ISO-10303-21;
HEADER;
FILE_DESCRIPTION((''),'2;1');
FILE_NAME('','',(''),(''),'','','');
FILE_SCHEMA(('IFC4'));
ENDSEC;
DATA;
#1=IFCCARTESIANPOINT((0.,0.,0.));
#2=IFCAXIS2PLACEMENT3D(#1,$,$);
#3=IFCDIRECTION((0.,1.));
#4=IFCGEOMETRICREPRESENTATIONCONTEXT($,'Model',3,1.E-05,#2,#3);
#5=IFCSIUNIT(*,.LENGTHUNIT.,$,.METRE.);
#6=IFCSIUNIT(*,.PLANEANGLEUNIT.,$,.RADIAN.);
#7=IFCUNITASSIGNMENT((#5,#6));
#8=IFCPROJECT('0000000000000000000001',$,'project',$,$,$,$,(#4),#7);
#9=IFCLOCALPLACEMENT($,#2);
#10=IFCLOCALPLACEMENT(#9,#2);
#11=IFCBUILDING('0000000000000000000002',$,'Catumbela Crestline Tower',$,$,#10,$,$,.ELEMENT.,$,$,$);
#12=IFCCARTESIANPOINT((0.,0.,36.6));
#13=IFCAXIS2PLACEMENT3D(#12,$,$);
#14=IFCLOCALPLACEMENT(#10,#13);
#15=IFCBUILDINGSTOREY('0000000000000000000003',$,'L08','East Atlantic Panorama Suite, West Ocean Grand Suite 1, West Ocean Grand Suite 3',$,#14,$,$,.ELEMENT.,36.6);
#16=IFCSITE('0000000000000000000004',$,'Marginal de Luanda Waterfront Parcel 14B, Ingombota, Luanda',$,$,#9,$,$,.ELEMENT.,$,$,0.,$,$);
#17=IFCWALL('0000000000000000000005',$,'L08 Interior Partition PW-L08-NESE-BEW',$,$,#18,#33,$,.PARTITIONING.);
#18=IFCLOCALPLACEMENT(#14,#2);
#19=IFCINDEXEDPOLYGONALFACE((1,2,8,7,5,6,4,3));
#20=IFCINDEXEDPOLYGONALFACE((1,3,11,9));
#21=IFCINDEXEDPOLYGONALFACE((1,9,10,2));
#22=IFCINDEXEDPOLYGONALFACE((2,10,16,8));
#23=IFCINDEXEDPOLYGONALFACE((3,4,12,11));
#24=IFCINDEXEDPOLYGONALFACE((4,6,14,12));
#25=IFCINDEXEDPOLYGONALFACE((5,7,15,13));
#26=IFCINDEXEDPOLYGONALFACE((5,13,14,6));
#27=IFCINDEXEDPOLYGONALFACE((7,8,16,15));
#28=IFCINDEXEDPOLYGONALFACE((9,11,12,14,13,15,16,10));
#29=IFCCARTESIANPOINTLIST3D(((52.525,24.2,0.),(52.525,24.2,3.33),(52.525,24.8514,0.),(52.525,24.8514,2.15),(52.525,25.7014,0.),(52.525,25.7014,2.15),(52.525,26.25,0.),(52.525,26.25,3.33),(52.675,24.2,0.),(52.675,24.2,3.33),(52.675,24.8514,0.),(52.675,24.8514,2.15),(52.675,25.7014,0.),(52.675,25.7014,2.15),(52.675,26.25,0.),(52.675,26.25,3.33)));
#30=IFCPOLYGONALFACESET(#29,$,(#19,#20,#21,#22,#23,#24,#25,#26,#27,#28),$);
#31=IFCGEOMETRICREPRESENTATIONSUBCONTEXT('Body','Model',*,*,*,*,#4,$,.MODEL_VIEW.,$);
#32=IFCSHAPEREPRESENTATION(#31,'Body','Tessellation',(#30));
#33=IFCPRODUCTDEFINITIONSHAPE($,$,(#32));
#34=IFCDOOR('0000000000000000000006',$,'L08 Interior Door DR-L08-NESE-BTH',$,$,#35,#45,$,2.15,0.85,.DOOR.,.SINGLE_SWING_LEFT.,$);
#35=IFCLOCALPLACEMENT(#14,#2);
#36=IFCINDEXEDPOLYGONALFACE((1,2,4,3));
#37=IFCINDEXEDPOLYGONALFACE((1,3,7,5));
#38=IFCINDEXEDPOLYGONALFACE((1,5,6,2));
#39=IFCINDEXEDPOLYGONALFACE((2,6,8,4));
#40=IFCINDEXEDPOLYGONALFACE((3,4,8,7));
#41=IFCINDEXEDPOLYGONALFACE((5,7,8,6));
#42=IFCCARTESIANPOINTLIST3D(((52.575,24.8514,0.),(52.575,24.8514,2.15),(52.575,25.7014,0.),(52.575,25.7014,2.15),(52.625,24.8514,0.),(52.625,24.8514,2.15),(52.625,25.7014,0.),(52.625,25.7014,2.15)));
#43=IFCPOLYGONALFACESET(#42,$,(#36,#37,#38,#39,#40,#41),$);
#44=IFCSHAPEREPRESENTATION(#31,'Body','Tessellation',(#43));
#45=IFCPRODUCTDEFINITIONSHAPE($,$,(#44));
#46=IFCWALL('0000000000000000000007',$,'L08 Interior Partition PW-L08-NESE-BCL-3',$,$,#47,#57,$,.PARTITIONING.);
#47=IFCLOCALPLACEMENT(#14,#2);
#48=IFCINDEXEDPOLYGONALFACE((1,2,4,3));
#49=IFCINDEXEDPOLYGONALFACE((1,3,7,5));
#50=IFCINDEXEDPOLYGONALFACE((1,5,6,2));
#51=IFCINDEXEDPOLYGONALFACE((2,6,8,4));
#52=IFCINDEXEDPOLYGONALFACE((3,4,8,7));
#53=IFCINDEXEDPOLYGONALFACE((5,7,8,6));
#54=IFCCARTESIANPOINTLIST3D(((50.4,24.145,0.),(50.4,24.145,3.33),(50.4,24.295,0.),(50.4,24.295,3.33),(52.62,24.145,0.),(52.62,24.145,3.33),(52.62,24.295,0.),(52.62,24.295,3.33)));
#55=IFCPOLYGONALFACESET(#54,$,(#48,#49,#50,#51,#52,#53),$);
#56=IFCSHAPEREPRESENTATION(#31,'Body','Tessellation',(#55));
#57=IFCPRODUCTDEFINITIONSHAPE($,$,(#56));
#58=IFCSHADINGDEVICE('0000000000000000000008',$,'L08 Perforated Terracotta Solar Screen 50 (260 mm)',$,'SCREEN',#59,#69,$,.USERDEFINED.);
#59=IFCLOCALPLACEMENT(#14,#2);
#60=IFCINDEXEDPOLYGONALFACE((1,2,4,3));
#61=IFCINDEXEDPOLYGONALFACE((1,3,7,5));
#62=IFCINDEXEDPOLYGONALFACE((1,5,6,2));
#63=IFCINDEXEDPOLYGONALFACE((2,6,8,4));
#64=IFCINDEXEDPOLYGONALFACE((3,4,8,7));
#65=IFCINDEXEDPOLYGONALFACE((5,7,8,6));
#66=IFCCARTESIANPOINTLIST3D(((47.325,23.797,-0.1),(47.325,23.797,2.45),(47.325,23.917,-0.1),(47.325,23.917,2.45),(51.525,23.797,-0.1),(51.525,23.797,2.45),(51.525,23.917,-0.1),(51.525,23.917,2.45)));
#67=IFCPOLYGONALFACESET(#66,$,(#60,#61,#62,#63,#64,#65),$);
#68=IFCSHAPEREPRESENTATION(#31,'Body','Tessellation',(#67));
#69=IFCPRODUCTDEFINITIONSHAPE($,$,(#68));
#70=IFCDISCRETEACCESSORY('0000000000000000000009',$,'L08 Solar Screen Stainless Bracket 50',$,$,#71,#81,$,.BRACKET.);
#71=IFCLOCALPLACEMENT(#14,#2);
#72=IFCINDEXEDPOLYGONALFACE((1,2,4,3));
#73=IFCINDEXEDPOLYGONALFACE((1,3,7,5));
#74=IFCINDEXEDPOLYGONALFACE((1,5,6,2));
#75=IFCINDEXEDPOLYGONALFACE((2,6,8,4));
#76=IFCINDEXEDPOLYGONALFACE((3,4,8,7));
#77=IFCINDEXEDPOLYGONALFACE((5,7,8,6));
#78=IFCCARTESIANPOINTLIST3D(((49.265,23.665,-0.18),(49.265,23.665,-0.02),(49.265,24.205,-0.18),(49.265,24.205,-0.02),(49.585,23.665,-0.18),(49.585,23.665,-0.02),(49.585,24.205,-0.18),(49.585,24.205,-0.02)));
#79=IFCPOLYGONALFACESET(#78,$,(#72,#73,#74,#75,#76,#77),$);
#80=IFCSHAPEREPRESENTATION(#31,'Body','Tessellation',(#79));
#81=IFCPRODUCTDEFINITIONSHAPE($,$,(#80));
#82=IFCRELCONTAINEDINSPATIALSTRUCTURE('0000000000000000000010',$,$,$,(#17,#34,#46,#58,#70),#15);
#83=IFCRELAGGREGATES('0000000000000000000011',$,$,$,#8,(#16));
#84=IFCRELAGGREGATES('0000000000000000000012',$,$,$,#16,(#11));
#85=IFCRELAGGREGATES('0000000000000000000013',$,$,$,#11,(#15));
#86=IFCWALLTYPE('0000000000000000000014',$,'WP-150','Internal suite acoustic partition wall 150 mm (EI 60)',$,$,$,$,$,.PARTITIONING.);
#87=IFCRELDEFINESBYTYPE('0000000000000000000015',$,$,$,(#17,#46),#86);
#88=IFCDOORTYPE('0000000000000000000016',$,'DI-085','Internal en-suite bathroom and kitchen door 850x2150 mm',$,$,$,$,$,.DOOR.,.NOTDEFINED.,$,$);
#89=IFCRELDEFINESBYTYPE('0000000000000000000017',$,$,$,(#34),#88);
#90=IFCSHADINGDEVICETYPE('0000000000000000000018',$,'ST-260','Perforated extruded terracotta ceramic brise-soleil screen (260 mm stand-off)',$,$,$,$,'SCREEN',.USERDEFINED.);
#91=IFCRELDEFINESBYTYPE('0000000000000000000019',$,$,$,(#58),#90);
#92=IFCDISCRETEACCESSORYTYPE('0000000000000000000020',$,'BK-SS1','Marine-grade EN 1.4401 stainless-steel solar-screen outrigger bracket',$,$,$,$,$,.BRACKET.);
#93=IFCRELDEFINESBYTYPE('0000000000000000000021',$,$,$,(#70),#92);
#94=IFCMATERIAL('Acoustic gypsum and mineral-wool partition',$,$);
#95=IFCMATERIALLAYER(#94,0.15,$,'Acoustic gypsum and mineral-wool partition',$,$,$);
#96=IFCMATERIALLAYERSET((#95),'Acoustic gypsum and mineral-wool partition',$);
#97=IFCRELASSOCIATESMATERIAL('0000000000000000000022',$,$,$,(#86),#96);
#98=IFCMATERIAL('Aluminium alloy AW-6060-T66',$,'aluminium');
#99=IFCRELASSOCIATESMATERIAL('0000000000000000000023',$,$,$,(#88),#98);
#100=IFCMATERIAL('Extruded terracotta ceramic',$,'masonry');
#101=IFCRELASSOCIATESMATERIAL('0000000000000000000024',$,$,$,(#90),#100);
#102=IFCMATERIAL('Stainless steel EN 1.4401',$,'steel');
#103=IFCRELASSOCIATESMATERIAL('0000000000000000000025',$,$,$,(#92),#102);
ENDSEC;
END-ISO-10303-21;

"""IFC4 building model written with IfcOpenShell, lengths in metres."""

from ifc_helpers import new_model, si_unit, direction, frame, frame_2d, origin, origin_2d, place, context, subcontext, project, spatial, rectangle, extrude, material, layer, layer_set, type_object, element, fill, save


model = new_model("IFC4")

# Units and contexts
model_context = context("Model", 3, precision=1e-05, world=origin(), true_north=direction((0.0, 1.0)))
body_context = subcontext(model_context, "Body", "Model", "MODEL_VIEW")
ifc_project = project(units=[si_unit("LENGTHUNIT", "METRE"), si_unit("PLANEANGLEUNIT", "RADIAN")], contexts=[model_context])

# Site, building, storey
site_placement = place(None, origin())
site = spatial("IfcSite", under=ifc_project, at=site_placement, Name="Marginal de Luanda Waterfront Parcel 14B, Ingombota, Luanda", CompositionType="ELEMENT", RefElevation=0.0)
building_placement = place(site_placement, origin())
building = spatial("IfcBuilding", under=site, at=building_placement, Name="Catumbela Crestline Tower", CompositionType="ELEMENT")
storey_placement = place(building_placement, frame((0.0, 0.0, 36.6)))
storey = spatial("IfcBuildingStorey", under=building, at=storey_placement, Name="L08", Description="East Atlantic Panorama Suite, West Ocean Grand Suite 1, West Ocean Grand Suite 3", CompositionType="ELEMENT", Elevation=36.6)

# Shared definitions
ifc_material_1 = material(Name="Aluminium alloy AW-6060-T66", Category="aluminium")

# Shared definitions
ifc_material_2 = material(Name="Acoustic gypsum and mineral-wool partition")

# Shared definitions
ifc_layer_1 = layer(ifc_material_2, 0.15, Name="Acoustic gypsum and mineral-wool partition")
ifc_layer_set_1 = layer_set([ifc_layer_1], Name="Acoustic gypsum and mineral-wool partition")
wall_type_1 = type_object("IfcWallType", Name="WP-150", Description="Internal suite acoustic partition wall 150 mm (EI 60)", PredefinedType="PARTITIONING", material=ifc_layer_set_1)

# Shared definitions
door_type_1 = type_object("IfcDoorType", Name="DI-085", Description="Internal en-suite bathroom and kitchen door 850x2150 mm", OperationType="NOTDEFINED", PredefinedType="DOOR", material=ifc_material_1)

# Wall, opening, door
wall_1_placement = place(storey_placement, frame((52.6, 24.2, 0.0), z_axis=(0.0, 0.0, 1.0), x_axis=(0.0, 1.0, 0.0)))
wall_1 = element("IfcWall", 1, at=wall_1_placement, inside=storey, type_object=wall_type_1, Name="L08 Interior Partition PW-L08-NESE-BEW", PredefinedType="PARTITIONING", context=body_context, shape_type="SweptSolid", body=[
    extrude(rectangle(XDim=2.05, YDim=0.15, at=frame_2d((1.025, 0.0))), origin(), (0.0, 0.0, 1.0), 3.33),
])
opening_1_placement = place(wall_1_placement, frame((0.6514, 0.0, 0.0)))
opening_1 = element("IfcOpeningElement", 2, at=opening_1_placement, cuts=wall_1, PredefinedType="OPENING", context=body_context, shape_type="SweptSolid", body=[
    extrude(rectangle(XDim=0.85, YDim=2.15, at=frame_2d((0.425, 1.075))), frame((0.0, 0.085, 0.0), z_axis=(0.0, -1.0, 0.0), x_axis=(1.0, 0.0, 0.0)), (0.0, 0.0, 1.0), 0.17),
])
door_1_placement = place(opening_1_placement, origin())
door_1 = element("IfcDoor", 3, at=door_1_placement, inside=storey, type_object=door_type_1, Name="L08 Interior Door DR-L08-NESE-BTH", OperationType="SINGLE_SWING_LEFT", OverallHeight=2.15, OverallWidth=0.85, PredefinedType="DOOR", context=body_context, shape_type="SweptSolid", body=[
    extrude(rectangle(XDim=0.85, YDim=2.15, at=frame_2d((0.425, 1.075))), frame((0.0, 0.025, 0.0), z_axis=(0.0, -1.0, 0.0), x_axis=(1.0, 0.0, 0.0)), (0.0, 0.0, 1.0), 0.05),
])
fill(opening_1, door_1)

# Wall
wall_2_placement = place(storey_placement, frame((52.62, 24.22, 0.0), z_axis=(0.0, 0.0, 1.0), x_axis=(-1.0, 0.0, 0.0)))
element("IfcWall", 4, at=wall_2_placement, inside=storey, type_object=wall_type_1, Name="L08 Interior Partition PW-L08-NESE-BCL-3", PredefinedType="PARTITIONING", context=body_context, shape_type="SweptSolid", body=[
    extrude(rectangle(XDim=2.22, YDim=0.15, at=frame_2d((1.11, 0.0))), origin(), (0.0, 0.0, 1.0), 3.33),
])

# Shading device
ifc_material_3 = material(Name="Extruded terracotta ceramic", Category="masonry")
shading_device_type = type_object("IfcShadingDeviceType", Name="ST-260", Description="Perforated extruded terracotta ceramic brise-soleil screen (260 mm stand-off)", ElementType="SCREEN", PredefinedType="USERDEFINED", material=ifc_material_3)
shading_device_placement = place(storey_placement, frame((49.425, 23.857, -0.1), z_axis=(0.0, 0.0, 1.0), x_axis=(1.0, 0.0, 0.0)))
element("IfcShadingDevice", 5, at=shading_device_placement, inside=storey, type_object=shading_device_type, Name="L08 Perforated Terracotta Solar Screen 50 (260 mm)", ObjectType="SCREEN", PredefinedType="USERDEFINED", context=body_context, shape_type="SweptSolid", body=[
    extrude(rectangle(XDim=4.2, YDim=0.12, at=origin_2d()), origin(), (0.0, 0.0, 1.0), 2.55),
])

# Discrete accessory
ifc_material_4 = material(Name="Stainless steel EN 1.4401", Category="steel")
discrete_accessory_type = type_object("IfcDiscreteAccessoryType", Name="BK-SS1", Description="Marine-grade EN 1.4401 stainless-steel solar-screen outrigger bracket", PredefinedType="BRACKET", material=ifc_material_4)
discrete_accessory_placement = place(storey_placement, frame((49.425, 23.935, -0.18), z_axis=(0.0, 0.0, 1.0), x_axis=(1.0, 0.0, 0.0)))
element("IfcDiscreteAccessory", 6, at=discrete_accessory_placement, inside=storey, type_object=discrete_accessory_type, Name="L08 Solar Screen Stainless Bracket 50", PredefinedType="BRACKET", context=body_context, shape_type="SweptSolid", body=[
    extrude(rectangle(XDim=0.32, YDim=0.54, at=origin_2d()), origin(), (0.0, 0.0, 1.0), 0.16),
])

save(model, "model.ifc")
